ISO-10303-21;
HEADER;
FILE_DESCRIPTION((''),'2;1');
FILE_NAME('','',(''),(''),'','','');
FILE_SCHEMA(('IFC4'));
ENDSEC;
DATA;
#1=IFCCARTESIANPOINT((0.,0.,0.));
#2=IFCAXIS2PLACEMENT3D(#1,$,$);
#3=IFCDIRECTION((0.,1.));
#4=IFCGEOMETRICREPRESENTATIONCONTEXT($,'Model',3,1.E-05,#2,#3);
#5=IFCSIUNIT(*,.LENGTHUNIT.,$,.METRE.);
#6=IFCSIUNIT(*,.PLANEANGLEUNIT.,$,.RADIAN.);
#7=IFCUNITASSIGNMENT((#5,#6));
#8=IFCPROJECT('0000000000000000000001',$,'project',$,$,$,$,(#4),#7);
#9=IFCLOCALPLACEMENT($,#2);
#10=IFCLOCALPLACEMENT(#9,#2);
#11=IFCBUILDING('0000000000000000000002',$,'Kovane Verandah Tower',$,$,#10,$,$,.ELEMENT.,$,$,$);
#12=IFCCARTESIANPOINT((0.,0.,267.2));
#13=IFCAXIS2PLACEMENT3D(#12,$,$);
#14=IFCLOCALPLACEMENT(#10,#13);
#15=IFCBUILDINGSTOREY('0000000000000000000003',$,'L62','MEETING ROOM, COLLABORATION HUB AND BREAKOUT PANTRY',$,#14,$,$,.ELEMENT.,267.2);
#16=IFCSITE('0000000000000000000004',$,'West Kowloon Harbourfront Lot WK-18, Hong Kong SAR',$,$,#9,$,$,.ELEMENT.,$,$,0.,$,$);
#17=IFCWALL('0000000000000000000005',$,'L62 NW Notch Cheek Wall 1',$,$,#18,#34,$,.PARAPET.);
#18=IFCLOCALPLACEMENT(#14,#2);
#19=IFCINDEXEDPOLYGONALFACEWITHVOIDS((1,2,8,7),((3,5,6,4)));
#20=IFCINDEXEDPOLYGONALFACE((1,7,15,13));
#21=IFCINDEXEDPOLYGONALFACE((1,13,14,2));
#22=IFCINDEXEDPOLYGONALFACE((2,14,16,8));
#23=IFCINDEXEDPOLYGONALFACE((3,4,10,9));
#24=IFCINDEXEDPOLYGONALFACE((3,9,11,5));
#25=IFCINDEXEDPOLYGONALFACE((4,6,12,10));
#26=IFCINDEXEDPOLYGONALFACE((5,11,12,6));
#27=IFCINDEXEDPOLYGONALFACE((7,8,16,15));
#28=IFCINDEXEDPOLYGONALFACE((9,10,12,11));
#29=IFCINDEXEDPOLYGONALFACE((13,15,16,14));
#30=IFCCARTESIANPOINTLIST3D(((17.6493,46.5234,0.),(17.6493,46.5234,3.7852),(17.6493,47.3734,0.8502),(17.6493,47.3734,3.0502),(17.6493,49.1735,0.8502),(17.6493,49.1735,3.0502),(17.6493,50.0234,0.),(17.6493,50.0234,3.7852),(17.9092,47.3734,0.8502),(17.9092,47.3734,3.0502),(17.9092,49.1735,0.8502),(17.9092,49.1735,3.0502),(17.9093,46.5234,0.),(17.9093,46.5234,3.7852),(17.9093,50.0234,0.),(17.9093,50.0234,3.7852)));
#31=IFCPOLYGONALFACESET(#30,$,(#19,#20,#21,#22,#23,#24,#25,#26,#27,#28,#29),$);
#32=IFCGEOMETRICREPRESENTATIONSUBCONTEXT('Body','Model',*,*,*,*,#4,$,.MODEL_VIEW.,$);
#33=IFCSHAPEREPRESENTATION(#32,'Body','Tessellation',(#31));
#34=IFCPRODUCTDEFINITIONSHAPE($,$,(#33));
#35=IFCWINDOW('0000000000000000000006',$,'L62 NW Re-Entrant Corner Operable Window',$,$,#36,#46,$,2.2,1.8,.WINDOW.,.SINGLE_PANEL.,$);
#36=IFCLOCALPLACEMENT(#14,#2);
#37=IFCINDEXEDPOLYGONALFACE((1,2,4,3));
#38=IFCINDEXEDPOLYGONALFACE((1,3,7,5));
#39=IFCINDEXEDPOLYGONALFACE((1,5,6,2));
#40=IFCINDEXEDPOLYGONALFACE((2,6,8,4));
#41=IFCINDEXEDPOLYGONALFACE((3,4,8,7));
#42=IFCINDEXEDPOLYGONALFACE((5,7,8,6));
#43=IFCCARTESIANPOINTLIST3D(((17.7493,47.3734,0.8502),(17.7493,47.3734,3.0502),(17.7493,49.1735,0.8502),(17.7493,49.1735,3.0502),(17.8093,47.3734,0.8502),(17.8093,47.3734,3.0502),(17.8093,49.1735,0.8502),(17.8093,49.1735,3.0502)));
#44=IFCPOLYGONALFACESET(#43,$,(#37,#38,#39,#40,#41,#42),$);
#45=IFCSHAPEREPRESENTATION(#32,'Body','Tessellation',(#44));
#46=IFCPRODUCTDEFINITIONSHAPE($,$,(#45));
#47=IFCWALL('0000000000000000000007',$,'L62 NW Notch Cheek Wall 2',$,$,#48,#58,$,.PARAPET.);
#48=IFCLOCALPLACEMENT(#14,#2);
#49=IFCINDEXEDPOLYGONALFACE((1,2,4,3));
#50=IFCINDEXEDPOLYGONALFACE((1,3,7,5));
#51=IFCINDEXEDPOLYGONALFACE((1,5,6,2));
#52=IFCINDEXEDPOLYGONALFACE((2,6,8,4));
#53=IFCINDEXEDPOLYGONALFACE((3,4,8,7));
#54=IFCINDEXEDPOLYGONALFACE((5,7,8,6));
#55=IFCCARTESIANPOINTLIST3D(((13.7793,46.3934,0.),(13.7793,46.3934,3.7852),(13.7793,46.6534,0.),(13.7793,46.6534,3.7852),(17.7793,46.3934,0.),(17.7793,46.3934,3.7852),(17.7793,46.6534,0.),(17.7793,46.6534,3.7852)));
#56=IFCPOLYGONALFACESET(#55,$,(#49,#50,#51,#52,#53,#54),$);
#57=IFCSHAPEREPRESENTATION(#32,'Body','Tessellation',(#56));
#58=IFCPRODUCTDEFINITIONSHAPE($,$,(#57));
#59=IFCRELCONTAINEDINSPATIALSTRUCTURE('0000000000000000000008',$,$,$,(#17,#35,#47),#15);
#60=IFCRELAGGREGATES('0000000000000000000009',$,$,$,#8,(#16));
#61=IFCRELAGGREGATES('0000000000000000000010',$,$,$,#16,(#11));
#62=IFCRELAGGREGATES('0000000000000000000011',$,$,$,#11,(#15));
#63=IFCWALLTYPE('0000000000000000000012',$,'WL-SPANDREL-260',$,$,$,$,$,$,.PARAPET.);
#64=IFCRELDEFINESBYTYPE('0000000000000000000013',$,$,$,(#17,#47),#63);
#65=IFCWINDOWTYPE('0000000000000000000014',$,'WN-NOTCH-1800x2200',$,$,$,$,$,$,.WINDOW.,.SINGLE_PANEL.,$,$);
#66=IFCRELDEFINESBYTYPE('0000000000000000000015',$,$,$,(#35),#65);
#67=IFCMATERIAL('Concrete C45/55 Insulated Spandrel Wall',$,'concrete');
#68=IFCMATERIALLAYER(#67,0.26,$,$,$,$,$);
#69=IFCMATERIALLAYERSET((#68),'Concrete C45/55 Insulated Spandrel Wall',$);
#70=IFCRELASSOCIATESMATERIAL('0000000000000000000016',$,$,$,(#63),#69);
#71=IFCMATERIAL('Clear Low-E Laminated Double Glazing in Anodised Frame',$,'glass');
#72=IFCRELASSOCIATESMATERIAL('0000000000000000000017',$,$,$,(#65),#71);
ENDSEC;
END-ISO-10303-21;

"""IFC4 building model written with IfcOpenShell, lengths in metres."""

from ifc_helpers import new_model, si_unit, direction, frame, frame_2d, origin, place, context, subcontext, project, spatial, rectangle, extrude, material, layer, layer_set, type_object, element, fill, save


model = new_model("IFC4")

# Units and contexts
model_context = context("Model", 3, precision=1e-05, world=origin(), true_north=direction((0.0, 1.0)))
body_context = subcontext(model_context, "Body", "Model", "MODEL_VIEW")
ifc_project = project(units=[si_unit("LENGTHUNIT", "METRE"), si_unit("PLANEANGLEUNIT", "RADIAN")], contexts=[model_context])

# Site, building, storey
site_placement = place(None, origin())
site = spatial("IfcSite", under=ifc_project, at=site_placement, Name="West Kowloon Harbourfront Lot WK-18, Hong Kong SAR", CompositionType="ELEMENT", RefElevation=0.0)
building_placement = place(site_placement, origin())
building = spatial("IfcBuilding", under=site, at=building_placement, Name="Kovane Verandah Tower", CompositionType="ELEMENT")
storey_placement = place(building_placement, frame((0.0, 0.0, 267.2)))
storey = spatial("IfcBuildingStorey", under=building, at=storey_placement, Name="L62", Description="MEETING ROOM, COLLABORATION HUB AND BREAKOUT PANTRY", CompositionType="ELEMENT", Elevation=267.2)

# Wall, opening, window
ifc_material_1 = material(Name="Concrete C45/55 Insulated Spandrel Wall", Category="concrete")
ifc_layer_1 = layer(ifc_material_1, 0.26)
ifc_layer_set_1 = layer_set([ifc_layer_1], Name="Concrete C45/55 Insulated Spandrel Wall")
wall_type = type_object("IfcWallType", Name="WL-SPANDREL-260", PredefinedType="PARAPET", material=ifc_layer_set_1)
wall_1_placement = place(storey_placement, frame((17.7793, 50.0234, 0.0), z_axis=(0.0, 0.0, 1.0), x_axis=(0.0, -1.0, 0.0)))
wall_1 = element("IfcWall", 1, at=wall_1_placement, inside=storey, type_object=wall_type, Name="L62 NW Notch Cheek Wall 1", PredefinedType="PARAPET", context=body_context, shape_type="SweptSolid", body=[
    extrude(rectangle(XDim=3.5, YDim=0.26, at=frame_2d((1.75, 0.0))), origin(), (0.0, 0.0, 1.0), 3.7852),
])
opening_placement = place(wall_1_placement, frame((0.8501, 0.0, 0.8501)))
opening = element("IfcOpeningElement", 2, at=opening_placement, cuts=wall_1, PredefinedType="OPENING", context=body_context, shape_type="SweptSolid", body=[
    extrude(rectangle(XDim=1.8, YDim=2.2, at=frame_2d((0.8999, 1.1001))), frame((0.0, 0.1299, 0.0), z_axis=(0.0, -1.0, 0.0), x_axis=(1.0, 0.0, 0.0)), (0.0, 0.0, 1.0), 0.26),
])
ifc_material_2 = material(Name="Clear Low-E Laminated Double Glazing in Anodised Frame", Category="glass")
window_type = type_object("IfcWindowType", Name="WN-NOTCH-1800x2200", PartitioningType="SINGLE_PANEL", PredefinedType="WINDOW", material=ifc_material_2)
window_placement = place(opening_placement, origin())
window = element("IfcWindow", 3, at=window_placement, inside=storey, type_object=window_type, Name="L62 NW Re-Entrant Corner Operable Window", OverallHeight=2.2, OverallWidth=1.8, PartitioningType="SINGLE_PANEL", PredefinedType="WINDOW", context=body_context, shape_type="SweptSolid", body=[
    extrude(rectangle(XDim=1.8, YDim=2.2, at=frame_2d((0.8999, 1.1001))), frame((0.0, 0.03, 0.0), z_axis=(0.0, -1.0, 0.0), x_axis=(1.0, 0.0, 0.0)), (0.0, 0.0, 1.0), 0.0601),
])
fill(opening, window)

# Wall
wall_2_placement = place(storey_placement, frame((17.7793, 46.5234, 0.0), z_axis=(0.0, 0.0, 1.0), x_axis=(-1.0, 0.0, 0.0)))
element("IfcWall", 4, at=wall_2_placement, inside=storey, type_object=wall_type, Name="L62 NW Notch Cheek Wall 2", PredefinedType="PARAPET", context=body_context, shape_type="SweptSolid", body=[
    extrude(rectangle(XDim=4.0, YDim=0.26, at=frame_2d((2.0, 0.0))), origin(), (0.0, 0.0, 1.0), 3.7852),
])

save(model, "model.ifc")
